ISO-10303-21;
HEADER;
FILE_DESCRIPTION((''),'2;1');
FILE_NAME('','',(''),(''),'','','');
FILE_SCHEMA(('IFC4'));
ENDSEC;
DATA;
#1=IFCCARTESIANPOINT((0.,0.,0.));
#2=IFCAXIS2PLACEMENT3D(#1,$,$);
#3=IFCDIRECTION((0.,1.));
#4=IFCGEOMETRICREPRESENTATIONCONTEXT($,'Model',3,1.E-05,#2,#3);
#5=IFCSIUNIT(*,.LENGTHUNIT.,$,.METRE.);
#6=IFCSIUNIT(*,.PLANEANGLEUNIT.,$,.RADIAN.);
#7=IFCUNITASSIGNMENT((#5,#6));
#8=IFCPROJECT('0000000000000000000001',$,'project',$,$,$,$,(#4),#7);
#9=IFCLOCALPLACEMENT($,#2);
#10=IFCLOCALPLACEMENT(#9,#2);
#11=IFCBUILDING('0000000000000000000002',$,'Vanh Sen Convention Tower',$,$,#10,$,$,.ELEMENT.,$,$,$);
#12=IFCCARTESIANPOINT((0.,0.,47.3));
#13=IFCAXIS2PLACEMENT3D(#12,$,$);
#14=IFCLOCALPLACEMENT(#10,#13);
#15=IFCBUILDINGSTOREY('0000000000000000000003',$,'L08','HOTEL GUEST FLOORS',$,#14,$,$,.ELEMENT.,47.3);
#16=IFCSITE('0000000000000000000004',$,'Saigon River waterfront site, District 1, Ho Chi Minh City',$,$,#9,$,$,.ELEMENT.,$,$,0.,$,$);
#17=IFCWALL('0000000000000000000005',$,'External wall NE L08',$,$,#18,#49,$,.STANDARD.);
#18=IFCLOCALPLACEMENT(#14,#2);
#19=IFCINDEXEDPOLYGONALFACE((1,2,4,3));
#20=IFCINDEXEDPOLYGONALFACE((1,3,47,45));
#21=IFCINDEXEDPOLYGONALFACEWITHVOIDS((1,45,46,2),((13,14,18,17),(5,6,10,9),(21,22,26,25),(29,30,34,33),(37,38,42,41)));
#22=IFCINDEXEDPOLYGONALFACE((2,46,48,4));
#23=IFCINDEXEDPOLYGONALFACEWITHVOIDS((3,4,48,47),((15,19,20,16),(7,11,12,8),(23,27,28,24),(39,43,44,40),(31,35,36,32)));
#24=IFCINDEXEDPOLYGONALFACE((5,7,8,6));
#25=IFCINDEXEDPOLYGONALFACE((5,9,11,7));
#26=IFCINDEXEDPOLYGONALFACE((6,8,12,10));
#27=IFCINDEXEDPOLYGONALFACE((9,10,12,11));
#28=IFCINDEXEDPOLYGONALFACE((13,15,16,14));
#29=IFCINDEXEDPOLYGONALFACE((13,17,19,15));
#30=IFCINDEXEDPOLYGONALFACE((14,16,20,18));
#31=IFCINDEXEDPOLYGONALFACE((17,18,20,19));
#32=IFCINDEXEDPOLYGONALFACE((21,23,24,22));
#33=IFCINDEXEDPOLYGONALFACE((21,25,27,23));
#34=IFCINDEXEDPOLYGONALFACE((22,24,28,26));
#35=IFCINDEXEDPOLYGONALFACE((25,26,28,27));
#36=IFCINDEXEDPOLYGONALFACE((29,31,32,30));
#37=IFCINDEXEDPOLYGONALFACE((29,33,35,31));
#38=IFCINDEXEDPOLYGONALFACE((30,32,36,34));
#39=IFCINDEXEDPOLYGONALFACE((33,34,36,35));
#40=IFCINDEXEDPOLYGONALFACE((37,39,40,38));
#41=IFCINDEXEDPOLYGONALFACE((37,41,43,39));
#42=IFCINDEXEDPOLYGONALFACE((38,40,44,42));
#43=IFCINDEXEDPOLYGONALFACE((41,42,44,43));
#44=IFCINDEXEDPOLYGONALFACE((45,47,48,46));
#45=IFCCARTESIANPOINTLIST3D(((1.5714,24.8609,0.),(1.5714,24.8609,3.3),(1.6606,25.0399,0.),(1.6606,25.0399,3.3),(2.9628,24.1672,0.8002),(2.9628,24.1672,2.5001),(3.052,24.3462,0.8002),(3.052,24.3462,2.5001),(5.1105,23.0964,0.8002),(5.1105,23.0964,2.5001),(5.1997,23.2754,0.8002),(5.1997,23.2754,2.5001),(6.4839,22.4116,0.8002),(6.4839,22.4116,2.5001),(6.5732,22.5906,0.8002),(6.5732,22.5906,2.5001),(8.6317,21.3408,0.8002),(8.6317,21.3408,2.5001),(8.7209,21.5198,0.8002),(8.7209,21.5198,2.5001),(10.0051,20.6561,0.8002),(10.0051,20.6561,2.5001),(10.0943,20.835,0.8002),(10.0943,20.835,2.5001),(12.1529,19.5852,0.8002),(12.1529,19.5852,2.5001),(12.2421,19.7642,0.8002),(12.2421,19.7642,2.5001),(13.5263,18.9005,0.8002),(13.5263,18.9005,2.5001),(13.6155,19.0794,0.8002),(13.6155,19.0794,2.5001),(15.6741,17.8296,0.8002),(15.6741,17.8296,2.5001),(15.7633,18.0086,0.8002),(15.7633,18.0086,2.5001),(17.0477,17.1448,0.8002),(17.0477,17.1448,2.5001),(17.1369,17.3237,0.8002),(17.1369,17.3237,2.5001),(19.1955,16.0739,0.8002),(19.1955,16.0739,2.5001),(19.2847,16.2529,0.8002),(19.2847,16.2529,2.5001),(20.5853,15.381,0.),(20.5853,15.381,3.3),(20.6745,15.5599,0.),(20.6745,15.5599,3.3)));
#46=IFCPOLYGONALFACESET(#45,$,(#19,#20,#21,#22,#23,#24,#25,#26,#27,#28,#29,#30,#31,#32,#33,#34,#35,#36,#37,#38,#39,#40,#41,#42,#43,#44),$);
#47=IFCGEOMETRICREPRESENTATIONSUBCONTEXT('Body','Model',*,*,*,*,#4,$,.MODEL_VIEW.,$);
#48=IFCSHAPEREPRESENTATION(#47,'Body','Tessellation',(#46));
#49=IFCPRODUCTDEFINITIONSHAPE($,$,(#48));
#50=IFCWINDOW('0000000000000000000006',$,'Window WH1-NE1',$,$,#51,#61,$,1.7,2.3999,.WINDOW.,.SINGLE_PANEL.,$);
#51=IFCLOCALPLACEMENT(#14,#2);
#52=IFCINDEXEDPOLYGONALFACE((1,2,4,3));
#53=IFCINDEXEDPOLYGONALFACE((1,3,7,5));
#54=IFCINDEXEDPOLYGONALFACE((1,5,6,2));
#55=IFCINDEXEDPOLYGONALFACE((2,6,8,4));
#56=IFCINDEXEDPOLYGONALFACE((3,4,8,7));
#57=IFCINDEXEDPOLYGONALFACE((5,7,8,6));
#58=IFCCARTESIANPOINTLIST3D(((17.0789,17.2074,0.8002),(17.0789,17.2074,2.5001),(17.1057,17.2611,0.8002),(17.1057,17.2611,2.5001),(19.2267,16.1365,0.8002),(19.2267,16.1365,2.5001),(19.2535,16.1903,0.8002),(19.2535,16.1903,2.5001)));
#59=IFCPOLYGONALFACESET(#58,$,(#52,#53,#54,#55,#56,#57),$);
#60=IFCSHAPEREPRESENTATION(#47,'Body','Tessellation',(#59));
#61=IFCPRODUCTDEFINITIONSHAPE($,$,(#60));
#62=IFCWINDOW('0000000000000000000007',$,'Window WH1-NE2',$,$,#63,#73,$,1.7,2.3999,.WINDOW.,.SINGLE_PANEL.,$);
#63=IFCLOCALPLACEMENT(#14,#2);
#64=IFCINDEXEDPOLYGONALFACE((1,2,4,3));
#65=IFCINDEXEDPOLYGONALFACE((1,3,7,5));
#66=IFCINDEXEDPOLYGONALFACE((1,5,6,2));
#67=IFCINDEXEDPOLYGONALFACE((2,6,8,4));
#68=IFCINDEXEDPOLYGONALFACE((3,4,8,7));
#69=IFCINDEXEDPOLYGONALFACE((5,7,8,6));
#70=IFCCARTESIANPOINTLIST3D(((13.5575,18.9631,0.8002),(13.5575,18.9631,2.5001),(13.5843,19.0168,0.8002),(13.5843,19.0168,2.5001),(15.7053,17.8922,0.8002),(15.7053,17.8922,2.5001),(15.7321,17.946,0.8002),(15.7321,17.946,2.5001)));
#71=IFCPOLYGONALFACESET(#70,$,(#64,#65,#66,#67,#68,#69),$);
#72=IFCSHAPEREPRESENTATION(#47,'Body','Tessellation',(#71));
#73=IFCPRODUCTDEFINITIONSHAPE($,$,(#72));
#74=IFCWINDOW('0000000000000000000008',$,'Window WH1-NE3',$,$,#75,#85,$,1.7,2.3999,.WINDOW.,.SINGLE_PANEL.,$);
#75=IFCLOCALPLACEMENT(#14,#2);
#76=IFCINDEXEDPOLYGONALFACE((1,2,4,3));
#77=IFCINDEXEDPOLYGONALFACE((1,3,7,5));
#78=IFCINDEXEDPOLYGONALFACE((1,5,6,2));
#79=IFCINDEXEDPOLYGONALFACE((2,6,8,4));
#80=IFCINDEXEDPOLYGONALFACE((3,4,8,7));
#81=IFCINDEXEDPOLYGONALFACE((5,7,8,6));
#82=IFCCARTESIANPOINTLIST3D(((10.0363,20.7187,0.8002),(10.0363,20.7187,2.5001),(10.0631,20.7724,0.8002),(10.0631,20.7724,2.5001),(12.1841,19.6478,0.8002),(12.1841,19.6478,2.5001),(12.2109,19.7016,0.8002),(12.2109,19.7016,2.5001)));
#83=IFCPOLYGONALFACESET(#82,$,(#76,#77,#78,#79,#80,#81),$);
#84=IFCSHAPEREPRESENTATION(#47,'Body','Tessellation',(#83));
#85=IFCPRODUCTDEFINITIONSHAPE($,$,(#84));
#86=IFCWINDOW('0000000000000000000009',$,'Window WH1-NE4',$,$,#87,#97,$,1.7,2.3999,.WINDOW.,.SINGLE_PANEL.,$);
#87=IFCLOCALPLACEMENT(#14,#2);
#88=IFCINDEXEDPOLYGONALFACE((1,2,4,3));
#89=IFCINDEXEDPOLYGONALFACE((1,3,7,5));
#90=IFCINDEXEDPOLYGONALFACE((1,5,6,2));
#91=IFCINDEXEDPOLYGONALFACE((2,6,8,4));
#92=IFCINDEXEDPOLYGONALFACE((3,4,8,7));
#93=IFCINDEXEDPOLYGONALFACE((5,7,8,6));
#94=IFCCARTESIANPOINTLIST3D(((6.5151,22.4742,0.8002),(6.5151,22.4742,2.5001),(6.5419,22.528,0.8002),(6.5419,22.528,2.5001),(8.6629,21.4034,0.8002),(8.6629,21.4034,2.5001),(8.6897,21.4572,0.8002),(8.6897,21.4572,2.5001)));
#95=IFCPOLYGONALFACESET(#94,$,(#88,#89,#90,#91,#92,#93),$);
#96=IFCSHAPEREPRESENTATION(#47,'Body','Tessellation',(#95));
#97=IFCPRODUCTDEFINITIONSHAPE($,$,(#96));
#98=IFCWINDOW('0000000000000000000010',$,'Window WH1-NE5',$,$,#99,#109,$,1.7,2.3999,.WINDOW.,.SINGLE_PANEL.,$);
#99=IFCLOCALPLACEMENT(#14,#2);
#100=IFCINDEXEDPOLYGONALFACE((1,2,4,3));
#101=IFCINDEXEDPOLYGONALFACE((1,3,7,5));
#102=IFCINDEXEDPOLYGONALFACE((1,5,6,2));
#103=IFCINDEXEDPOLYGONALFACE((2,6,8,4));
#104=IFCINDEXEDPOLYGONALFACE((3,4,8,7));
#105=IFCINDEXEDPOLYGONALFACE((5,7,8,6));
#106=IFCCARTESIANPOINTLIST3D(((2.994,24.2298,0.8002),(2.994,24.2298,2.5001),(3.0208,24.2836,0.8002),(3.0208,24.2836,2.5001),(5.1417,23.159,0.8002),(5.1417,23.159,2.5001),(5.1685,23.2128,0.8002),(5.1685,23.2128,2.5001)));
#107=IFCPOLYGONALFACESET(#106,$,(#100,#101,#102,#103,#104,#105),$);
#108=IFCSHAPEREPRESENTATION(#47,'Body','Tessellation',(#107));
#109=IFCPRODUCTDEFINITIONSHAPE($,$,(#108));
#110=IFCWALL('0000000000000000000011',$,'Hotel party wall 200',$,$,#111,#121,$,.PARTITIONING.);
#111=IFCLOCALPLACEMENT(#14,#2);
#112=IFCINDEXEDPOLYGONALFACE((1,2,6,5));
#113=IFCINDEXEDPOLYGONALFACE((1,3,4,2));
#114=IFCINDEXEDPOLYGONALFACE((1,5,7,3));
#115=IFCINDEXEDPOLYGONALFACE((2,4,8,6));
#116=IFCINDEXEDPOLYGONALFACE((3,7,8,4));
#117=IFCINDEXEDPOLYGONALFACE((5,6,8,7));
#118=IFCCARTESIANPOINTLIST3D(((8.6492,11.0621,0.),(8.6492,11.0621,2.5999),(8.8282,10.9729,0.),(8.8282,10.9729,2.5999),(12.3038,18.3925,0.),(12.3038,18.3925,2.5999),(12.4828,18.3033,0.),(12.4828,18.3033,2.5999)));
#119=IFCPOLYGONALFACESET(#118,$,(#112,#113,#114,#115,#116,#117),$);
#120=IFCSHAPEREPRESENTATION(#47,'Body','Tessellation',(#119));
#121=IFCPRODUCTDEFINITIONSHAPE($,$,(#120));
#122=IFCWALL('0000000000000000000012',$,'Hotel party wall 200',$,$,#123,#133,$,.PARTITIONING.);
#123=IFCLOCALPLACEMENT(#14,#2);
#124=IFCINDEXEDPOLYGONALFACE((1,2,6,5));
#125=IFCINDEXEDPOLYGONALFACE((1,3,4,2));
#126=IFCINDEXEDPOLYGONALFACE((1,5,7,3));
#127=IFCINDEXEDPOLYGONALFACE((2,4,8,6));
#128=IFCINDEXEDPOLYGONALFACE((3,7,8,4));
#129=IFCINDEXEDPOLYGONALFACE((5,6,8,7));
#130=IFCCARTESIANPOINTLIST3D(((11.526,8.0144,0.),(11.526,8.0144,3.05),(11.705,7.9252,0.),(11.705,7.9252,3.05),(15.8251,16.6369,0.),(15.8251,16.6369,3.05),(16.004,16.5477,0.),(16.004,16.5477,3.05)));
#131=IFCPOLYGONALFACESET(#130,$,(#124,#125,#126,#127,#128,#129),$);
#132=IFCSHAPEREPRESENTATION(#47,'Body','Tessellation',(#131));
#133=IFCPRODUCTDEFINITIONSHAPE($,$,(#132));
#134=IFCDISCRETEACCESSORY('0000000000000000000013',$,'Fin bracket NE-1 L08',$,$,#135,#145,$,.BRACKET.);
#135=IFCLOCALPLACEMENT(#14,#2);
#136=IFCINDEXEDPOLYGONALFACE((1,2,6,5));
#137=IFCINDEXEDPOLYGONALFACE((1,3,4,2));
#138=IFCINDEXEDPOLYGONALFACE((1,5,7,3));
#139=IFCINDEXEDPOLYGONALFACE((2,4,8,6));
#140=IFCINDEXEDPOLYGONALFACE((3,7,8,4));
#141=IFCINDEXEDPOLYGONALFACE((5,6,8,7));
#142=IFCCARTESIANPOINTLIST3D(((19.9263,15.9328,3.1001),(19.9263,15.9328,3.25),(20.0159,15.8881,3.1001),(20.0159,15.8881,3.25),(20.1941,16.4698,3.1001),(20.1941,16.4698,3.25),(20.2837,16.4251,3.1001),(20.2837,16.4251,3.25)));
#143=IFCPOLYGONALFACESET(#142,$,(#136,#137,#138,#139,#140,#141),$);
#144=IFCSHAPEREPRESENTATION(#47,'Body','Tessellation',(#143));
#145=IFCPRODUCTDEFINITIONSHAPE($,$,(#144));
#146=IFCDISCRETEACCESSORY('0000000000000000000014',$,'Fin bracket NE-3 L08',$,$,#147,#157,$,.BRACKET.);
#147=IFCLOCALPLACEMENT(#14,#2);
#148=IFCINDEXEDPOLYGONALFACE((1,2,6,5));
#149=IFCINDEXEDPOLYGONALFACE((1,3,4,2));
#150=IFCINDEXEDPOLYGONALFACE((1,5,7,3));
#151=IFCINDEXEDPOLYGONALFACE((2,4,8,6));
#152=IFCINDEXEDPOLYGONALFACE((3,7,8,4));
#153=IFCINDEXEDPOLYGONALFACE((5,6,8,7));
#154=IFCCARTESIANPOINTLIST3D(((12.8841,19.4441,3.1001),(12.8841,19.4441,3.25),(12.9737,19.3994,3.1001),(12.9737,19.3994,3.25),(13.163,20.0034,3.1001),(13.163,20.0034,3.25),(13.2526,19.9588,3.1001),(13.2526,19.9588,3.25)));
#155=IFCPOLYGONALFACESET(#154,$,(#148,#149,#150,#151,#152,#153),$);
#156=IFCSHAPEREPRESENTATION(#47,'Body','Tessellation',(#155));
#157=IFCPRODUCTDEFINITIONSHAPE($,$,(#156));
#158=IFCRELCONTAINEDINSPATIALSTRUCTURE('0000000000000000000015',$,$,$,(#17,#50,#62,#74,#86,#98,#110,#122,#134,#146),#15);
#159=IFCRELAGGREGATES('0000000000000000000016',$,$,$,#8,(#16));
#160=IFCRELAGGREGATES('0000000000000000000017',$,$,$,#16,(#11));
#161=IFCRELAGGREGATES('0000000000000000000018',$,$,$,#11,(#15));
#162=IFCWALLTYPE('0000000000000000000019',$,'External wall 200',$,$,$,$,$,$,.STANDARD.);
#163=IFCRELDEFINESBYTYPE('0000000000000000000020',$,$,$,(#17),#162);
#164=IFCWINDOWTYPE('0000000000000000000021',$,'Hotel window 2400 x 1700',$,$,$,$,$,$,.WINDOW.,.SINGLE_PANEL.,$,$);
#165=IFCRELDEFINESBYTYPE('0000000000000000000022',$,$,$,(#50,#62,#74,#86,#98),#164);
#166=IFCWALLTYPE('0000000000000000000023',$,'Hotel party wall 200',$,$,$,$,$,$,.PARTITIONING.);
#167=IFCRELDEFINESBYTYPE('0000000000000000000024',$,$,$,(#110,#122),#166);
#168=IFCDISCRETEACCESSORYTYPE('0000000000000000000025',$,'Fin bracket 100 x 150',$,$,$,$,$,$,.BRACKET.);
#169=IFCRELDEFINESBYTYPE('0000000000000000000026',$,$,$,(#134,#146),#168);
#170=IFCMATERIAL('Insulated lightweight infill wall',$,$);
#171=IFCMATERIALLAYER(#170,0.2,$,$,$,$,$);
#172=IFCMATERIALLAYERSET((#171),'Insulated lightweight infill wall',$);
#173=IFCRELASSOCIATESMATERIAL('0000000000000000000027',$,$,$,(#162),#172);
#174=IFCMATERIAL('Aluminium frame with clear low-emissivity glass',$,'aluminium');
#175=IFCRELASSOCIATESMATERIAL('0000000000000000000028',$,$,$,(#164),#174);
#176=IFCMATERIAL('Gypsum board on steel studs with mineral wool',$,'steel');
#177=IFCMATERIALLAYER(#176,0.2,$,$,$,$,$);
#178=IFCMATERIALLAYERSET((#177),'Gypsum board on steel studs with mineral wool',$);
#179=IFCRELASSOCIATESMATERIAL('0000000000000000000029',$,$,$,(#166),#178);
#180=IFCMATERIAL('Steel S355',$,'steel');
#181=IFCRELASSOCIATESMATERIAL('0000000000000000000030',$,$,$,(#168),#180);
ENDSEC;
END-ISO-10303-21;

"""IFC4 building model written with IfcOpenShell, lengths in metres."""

from ifc_helpers import new_model, si_unit, direction, frame, frame_2d, origin, origin_2d, place, context, subcontext, project, spatial, rectangle, extrude, material, layer, layer_set, type_object, element, fill, save


model = new_model("IFC4")

# Units and contexts
model_context = context("Model", 3, precision=1e-05, world=origin(), true_north=direction((0.0, 1.0)))
body_context = subcontext(model_context, "Body", "Model", "MODEL_VIEW")
ifc_project = project(units=[si_unit("LENGTHUNIT", "METRE"), si_unit("PLANEANGLEUNIT", "RADIAN")], contexts=[model_context])

# Site, building, storey
site_placement = place(None, origin())
site = spatial("IfcSite", under=ifc_project, at=site_placement, Name="Saigon River waterfront site, District 1, Ho Chi Minh City", CompositionType="ELEMENT", RefElevation=0.0)
building_placement = place(site_placement, origin())
building = spatial("IfcBuilding", under=site, at=building_placement, Name="Vanh Sen Convention Tower", CompositionType="ELEMENT")
storey_placement = place(building_placement, frame((0.0, 0.0, 47.3)))
storey = spatial("IfcBuildingStorey", under=building, at=storey_placement, Name="L08", Description="HOTEL GUEST FLOORS", CompositionType="ELEMENT", Elevation=47.3)

# Wall, openings, windows
ifc_material_1 = material(Name="Insulated lightweight infill wall")
ifc_layer_1 = layer(ifc_material_1, 0.2)
ifc_layer_set_1 = layer_set([ifc_layer_1], Name="Insulated lightweight infill wall")
wall_type_1 = type_object("IfcWallType", Name="External wall 200", PredefinedType="STANDARD", material=ifc_layer_set_1)
wall_1_placement = place(storey_placement, frame((20.6299, 15.4705, 0.0), z_axis=(0.0, 0.0, 1.0), x_axis=(-0.894935, 0.446197, 0.0)))
wall_1 = element("IfcWall", 1, at=wall_1_placement, inside=storey, type_object=wall_type_1, Name="External wall NE L08", PredefinedType="STANDARD", context=body_context, shape_type="SweptSolid", body=[
    extrude(rectangle(XDim=21.2461, YDim=0.2, at=frame_2d((10.623, 0.0))), origin(), (0.0, 0.0, 1.0), 3.3),
])
opening_1_placement = place(wall_1_placement, frame((1.553, 0.0, 0.8)))
opening_1 = element("IfcOpeningElement", 2, at=opening_1_placement, cuts=wall_1, PredefinedType="OPENING", context=body_context, shape_type="SweptSolid", body=[
    extrude(rectangle(XDim=2.3999, YDim=1.7, at=frame_2d((1.2, 0.8501))), frame((0.0, 0.1099, 0.0), z_axis=(0.0, -1.0, 0.0), x_axis=(1.0, 0.0, 0.0)), (0.0, 0.0, 1.0), 0.22),
])
opening_2_placement = place(wall_1_placement, frame((5.4878, 0.0, 0.8)))
opening_2 = element("IfcOpeningElement", 3, at=opening_2_placement, cuts=wall_1, PredefinedType="OPENING", context=body_context, shape_type="SweptSolid", body=[
    extrude(rectangle(XDim=2.3999, YDim=1.7, at=frame_2d((1.2, 0.8501))), frame((0.0, 0.1099, 0.0), z_axis=(0.0, -1.0, 0.0), x_axis=(1.0, 0.0, 0.0)), (0.0, 0.0, 1.0), 0.22),
])
opening_3_placement = place(wall_1_placement, frame((9.4224, 0.0, 0.8)))
opening_3 = element("IfcOpeningElement", 4, at=opening_3_placement, cuts=wall_1, PredefinedType="OPENING", context=body_context, shape_type="SweptSolid", body=[
    extrude(rectangle(XDim=2.3999, YDim=1.7, at=frame_2d((1.2, 0.8501))), frame((0.0, 0.1099, 0.0), z_axis=(0.0, -1.0, 0.0), x_axis=(1.0, 0.0, 0.0)), (0.0, 0.0, 1.0), 0.22),
])
opening_4_placement = place(wall_1_placement, frame((13.3569, 0.0, 0.8)))
opening_4 = element("IfcOpeningElement", 5, at=opening_4_placement, cuts=wall_1, PredefinedType="OPENING", context=body_context, shape_type="SweptSolid", body=[
    extrude(rectangle(XDim=2.3999, YDim=1.7, at=frame_2d((1.2, 0.8501))), frame((0.0, 0.1099, 0.0), z_axis=(0.0, -1.0, 0.0), x_axis=(1.0, 0.0, 0.0)), (0.0, 0.0, 1.0), 0.22),
])
opening_5_placement = place(wall_1_placement, frame((17.2915, 0.0, 0.8)))
opening_5 = element("IfcOpeningElement", 6, at=opening_5_placement, cuts=wall_1, PredefinedType="OPENING", context=body_context, shape_type="SweptSolid", body=[
    extrude(rectangle(XDim=2.3999, YDim=1.7, at=frame_2d((1.2, 0.8501))), frame((0.0, 0.1099, 0.0), z_axis=(0.0, -1.0, 0.0), x_axis=(1.0, 0.0, 0.0)), (0.0, 0.0, 1.0), 0.22),
])
ifc_material_2 = material(Name="Aluminium frame with clear low-emissivity glass", Category="aluminium")
window_type = type_object("IfcWindowType", Name="Hotel window 2400 x 1700", PartitioningType="SINGLE_PANEL", PredefinedType="WINDOW", material=ifc_material_2)
window_1_placement = place(opening_1_placement, origin())
window_1 = element("IfcWindow", 7, at=window_1_placement, inside=storey, type_object=window_type, Name="Window WH1-NE1", OverallHeight=1.7, OverallWidth=2.3999, PartitioningType="SINGLE_PANEL", PredefinedType="WINDOW", context=body_context, shape_type="SweptSolid", body=[
    extrude(rectangle(XDim=2.3999, YDim=1.7, at=frame_2d((1.2, 0.8501))), frame((0.0, 0.03, 0.0), z_axis=(0.0, -1.0, 0.0), x_axis=(1.0, 0.0, 0.0)), (0.0, 0.0, 1.0), 0.0601),
])
fill(opening_1, window_1)
window_2_placement = place(opening_2_placement, origin())
window_2 = element("IfcWindow", 8, at=window_2_placement, inside=storey, type_object=window_type, Name="Window WH1-NE2", OverallHeight=1.7, OverallWidth=2.3999, PartitioningType="SINGLE_PANEL", PredefinedType="WINDOW", context=body_context, shape_type="SweptSolid", body=[
    extrude(rectangle(XDim=2.3999, YDim=1.7, at=frame_2d((1.2, 0.8501))), frame((0.0, 0.03, 0.0), z_axis=(0.0, -1.0, 0.0), x_axis=(1.0, 0.0, 0.0)), (0.0, 0.0, 1.0), 0.0601),
])
fill(opening_2, window_2)
window_3_placement = place(opening_3_placement, origin())
window_3 = element("IfcWindow", 9, at=window_3_placement, inside=storey, type_object=window_type, Name="Window WH1-NE3", OverallHeight=1.7, OverallWidth=2.3999, PartitioningType="SINGLE_PANEL", PredefinedType="WINDOW", context=body_context, shape_type="SweptSolid", body=[
    extrude(rectangle(XDim=2.3999, YDim=1.7, at=frame_2d((1.2, 0.8501))), frame((0.0, 0.03, 0.0), z_axis=(0.0, -1.0, 0.0), x_axis=(1.0, 0.0, 0.0)), (0.0, 0.0, 1.0), 0.0601),
])
fill(opening_3, window_3)
window_4_placement = place(opening_4_placement, origin())
window_4 = element("IfcWindow", 10, at=window_4_placement, inside=storey, type_object=window_type, Name="Window WH1-NE4", OverallHeight=1.7, OverallWidth=2.3999, PartitioningType="SINGLE_PANEL", PredefinedType="WINDOW", context=body_context, shape_type="SweptSolid", body=[
    extrude(rectangle(XDim=2.3999, YDim=1.7, at=frame_2d((1.2, 0.8501))), frame((0.0, 0.03, 0.0), z_axis=(0.0, -1.0, 0.0), x_axis=(1.0, 0.0, 0.0)), (0.0, 0.0, 1.0), 0.0601),
])
fill(opening_4, window_4)
window_5_placement = place(opening_5_placement, origin())
window_5 = element("IfcWindow", 11, at=window_5_placement, inside=storey, type_object=window_type, Name="Window WH1-NE5", OverallHeight=1.7, OverallWidth=2.3999, PartitioningType="SINGLE_PANEL", PredefinedType="WINDOW", context=body_context, shape_type="SweptSolid", body=[
    extrude(rectangle(XDim=2.3999, YDim=1.7, at=frame_2d((1.2, 0.8501))), frame((0.0, 0.03, 0.0), z_axis=(0.0, -1.0, 0.0), x_axis=(1.0, 0.0, 0.0)), (0.0, 0.0, 1.0), 0.0601),
])
fill(opening_5, window_5)

# Walls
ifc_material_3 = material(Name="Gypsum board on steel studs with mineral wool", Category="steel")
ifc_layer_2 = layer(ifc_material_3, 0.2)
ifc_layer_set_2 = layer_set([ifc_layer_2], Name="Gypsum board on steel studs with mineral wool")
wall_type_2 = type_object("IfcWallType", Name="Hotel party wall 200", PredefinedType="PARTITIONING", material=ifc_layer_set_2)
wall_2_placement = place(storey_placement, frame((12.3933, 18.3479, 0.0), z_axis=(0.0, 0.0, 1.0), x_axis=(-0.446176, -0.894945, 0.0)))
element("IfcWall", 12, at=wall_2_placement, inside=storey, type_object=wall_type_2, Name="Hotel party wall 200", PredefinedType="PARTITIONING", context=body_context, shape_type="SweptSolid", body=[
    extrude(rectangle(XDim=8.1909, YDim=0.2, at=frame_2d((4.0955, 0.0))), origin(), (0.0, 0.0, 1.0), 2.5999),
])
wall_3_placement = place(storey_placement, frame((15.9146, 16.5923, 0.0), z_axis=(0.0, 0.0, 1.0), x_axis=(-0.4462, -0.894933, 0.0)))
element("IfcWall", 13, at=wall_3_placement, inside=storey, type_object=wall_type_2, Name="Hotel party wall 200", PredefinedType="PARTITIONING", context=body_context, shape_type="SweptSolid", body=[
    extrude(rectangle(XDim=9.6348, YDim=0.2, at=frame_2d((4.8174, 0.0))), origin(), (0.0, 0.0, 1.0), 3.05),
])

# Discrete accessories
ifc_material_4 = material(Name="Steel S355", Category="steel")
discrete_accessory_type = type_object("IfcDiscreteAccessoryType", Name="Fin bracket 100 x 150", PredefinedType="BRACKET", material=ifc_material_4)
discrete_accessory_1_placement = place(storey_placement, frame((20.105, 16.179, 3.1001), z_axis=(0.0, 0.0, 1.0), x_axis=(0.446198, 0.894934, 0.0)))
element("IfcDiscreteAccessory", 14, at=discrete_accessory_1_placement, inside=storey, type_object=discrete_accessory_type, Name="Fin bracket NE-1 L08", PredefinedType="BRACKET", context=body_context, shape_type="SweptSolid", body=[
    extrude(rectangle(XDim=0.6001, YDim=0.1001, at=origin_2d()), origin(), (0.0, 0.0, 1.0), 0.1499),
])
discrete_accessory_2_placement = place(storey_placement, frame((13.0684, 19.7014, 3.1001), z_axis=(0.0, 0.0, 1.0), x_axis=(0.446198, 0.894934, 0.0)))
element("IfcDiscreteAccessory", 15, at=discrete_accessory_2_placement, inside=storey, type_object=discrete_accessory_type, Name="Fin bracket NE-3 L08", PredefinedType="BRACKET", context=body_context, shape_type="SweptSolid", body=[
    extrude(rectangle(XDim=0.625, YDim=0.1001, at=origin_2d()), origin(), (0.0, 0.0, 1.0), 0.1499),
])

save(model, "model.ifc")
